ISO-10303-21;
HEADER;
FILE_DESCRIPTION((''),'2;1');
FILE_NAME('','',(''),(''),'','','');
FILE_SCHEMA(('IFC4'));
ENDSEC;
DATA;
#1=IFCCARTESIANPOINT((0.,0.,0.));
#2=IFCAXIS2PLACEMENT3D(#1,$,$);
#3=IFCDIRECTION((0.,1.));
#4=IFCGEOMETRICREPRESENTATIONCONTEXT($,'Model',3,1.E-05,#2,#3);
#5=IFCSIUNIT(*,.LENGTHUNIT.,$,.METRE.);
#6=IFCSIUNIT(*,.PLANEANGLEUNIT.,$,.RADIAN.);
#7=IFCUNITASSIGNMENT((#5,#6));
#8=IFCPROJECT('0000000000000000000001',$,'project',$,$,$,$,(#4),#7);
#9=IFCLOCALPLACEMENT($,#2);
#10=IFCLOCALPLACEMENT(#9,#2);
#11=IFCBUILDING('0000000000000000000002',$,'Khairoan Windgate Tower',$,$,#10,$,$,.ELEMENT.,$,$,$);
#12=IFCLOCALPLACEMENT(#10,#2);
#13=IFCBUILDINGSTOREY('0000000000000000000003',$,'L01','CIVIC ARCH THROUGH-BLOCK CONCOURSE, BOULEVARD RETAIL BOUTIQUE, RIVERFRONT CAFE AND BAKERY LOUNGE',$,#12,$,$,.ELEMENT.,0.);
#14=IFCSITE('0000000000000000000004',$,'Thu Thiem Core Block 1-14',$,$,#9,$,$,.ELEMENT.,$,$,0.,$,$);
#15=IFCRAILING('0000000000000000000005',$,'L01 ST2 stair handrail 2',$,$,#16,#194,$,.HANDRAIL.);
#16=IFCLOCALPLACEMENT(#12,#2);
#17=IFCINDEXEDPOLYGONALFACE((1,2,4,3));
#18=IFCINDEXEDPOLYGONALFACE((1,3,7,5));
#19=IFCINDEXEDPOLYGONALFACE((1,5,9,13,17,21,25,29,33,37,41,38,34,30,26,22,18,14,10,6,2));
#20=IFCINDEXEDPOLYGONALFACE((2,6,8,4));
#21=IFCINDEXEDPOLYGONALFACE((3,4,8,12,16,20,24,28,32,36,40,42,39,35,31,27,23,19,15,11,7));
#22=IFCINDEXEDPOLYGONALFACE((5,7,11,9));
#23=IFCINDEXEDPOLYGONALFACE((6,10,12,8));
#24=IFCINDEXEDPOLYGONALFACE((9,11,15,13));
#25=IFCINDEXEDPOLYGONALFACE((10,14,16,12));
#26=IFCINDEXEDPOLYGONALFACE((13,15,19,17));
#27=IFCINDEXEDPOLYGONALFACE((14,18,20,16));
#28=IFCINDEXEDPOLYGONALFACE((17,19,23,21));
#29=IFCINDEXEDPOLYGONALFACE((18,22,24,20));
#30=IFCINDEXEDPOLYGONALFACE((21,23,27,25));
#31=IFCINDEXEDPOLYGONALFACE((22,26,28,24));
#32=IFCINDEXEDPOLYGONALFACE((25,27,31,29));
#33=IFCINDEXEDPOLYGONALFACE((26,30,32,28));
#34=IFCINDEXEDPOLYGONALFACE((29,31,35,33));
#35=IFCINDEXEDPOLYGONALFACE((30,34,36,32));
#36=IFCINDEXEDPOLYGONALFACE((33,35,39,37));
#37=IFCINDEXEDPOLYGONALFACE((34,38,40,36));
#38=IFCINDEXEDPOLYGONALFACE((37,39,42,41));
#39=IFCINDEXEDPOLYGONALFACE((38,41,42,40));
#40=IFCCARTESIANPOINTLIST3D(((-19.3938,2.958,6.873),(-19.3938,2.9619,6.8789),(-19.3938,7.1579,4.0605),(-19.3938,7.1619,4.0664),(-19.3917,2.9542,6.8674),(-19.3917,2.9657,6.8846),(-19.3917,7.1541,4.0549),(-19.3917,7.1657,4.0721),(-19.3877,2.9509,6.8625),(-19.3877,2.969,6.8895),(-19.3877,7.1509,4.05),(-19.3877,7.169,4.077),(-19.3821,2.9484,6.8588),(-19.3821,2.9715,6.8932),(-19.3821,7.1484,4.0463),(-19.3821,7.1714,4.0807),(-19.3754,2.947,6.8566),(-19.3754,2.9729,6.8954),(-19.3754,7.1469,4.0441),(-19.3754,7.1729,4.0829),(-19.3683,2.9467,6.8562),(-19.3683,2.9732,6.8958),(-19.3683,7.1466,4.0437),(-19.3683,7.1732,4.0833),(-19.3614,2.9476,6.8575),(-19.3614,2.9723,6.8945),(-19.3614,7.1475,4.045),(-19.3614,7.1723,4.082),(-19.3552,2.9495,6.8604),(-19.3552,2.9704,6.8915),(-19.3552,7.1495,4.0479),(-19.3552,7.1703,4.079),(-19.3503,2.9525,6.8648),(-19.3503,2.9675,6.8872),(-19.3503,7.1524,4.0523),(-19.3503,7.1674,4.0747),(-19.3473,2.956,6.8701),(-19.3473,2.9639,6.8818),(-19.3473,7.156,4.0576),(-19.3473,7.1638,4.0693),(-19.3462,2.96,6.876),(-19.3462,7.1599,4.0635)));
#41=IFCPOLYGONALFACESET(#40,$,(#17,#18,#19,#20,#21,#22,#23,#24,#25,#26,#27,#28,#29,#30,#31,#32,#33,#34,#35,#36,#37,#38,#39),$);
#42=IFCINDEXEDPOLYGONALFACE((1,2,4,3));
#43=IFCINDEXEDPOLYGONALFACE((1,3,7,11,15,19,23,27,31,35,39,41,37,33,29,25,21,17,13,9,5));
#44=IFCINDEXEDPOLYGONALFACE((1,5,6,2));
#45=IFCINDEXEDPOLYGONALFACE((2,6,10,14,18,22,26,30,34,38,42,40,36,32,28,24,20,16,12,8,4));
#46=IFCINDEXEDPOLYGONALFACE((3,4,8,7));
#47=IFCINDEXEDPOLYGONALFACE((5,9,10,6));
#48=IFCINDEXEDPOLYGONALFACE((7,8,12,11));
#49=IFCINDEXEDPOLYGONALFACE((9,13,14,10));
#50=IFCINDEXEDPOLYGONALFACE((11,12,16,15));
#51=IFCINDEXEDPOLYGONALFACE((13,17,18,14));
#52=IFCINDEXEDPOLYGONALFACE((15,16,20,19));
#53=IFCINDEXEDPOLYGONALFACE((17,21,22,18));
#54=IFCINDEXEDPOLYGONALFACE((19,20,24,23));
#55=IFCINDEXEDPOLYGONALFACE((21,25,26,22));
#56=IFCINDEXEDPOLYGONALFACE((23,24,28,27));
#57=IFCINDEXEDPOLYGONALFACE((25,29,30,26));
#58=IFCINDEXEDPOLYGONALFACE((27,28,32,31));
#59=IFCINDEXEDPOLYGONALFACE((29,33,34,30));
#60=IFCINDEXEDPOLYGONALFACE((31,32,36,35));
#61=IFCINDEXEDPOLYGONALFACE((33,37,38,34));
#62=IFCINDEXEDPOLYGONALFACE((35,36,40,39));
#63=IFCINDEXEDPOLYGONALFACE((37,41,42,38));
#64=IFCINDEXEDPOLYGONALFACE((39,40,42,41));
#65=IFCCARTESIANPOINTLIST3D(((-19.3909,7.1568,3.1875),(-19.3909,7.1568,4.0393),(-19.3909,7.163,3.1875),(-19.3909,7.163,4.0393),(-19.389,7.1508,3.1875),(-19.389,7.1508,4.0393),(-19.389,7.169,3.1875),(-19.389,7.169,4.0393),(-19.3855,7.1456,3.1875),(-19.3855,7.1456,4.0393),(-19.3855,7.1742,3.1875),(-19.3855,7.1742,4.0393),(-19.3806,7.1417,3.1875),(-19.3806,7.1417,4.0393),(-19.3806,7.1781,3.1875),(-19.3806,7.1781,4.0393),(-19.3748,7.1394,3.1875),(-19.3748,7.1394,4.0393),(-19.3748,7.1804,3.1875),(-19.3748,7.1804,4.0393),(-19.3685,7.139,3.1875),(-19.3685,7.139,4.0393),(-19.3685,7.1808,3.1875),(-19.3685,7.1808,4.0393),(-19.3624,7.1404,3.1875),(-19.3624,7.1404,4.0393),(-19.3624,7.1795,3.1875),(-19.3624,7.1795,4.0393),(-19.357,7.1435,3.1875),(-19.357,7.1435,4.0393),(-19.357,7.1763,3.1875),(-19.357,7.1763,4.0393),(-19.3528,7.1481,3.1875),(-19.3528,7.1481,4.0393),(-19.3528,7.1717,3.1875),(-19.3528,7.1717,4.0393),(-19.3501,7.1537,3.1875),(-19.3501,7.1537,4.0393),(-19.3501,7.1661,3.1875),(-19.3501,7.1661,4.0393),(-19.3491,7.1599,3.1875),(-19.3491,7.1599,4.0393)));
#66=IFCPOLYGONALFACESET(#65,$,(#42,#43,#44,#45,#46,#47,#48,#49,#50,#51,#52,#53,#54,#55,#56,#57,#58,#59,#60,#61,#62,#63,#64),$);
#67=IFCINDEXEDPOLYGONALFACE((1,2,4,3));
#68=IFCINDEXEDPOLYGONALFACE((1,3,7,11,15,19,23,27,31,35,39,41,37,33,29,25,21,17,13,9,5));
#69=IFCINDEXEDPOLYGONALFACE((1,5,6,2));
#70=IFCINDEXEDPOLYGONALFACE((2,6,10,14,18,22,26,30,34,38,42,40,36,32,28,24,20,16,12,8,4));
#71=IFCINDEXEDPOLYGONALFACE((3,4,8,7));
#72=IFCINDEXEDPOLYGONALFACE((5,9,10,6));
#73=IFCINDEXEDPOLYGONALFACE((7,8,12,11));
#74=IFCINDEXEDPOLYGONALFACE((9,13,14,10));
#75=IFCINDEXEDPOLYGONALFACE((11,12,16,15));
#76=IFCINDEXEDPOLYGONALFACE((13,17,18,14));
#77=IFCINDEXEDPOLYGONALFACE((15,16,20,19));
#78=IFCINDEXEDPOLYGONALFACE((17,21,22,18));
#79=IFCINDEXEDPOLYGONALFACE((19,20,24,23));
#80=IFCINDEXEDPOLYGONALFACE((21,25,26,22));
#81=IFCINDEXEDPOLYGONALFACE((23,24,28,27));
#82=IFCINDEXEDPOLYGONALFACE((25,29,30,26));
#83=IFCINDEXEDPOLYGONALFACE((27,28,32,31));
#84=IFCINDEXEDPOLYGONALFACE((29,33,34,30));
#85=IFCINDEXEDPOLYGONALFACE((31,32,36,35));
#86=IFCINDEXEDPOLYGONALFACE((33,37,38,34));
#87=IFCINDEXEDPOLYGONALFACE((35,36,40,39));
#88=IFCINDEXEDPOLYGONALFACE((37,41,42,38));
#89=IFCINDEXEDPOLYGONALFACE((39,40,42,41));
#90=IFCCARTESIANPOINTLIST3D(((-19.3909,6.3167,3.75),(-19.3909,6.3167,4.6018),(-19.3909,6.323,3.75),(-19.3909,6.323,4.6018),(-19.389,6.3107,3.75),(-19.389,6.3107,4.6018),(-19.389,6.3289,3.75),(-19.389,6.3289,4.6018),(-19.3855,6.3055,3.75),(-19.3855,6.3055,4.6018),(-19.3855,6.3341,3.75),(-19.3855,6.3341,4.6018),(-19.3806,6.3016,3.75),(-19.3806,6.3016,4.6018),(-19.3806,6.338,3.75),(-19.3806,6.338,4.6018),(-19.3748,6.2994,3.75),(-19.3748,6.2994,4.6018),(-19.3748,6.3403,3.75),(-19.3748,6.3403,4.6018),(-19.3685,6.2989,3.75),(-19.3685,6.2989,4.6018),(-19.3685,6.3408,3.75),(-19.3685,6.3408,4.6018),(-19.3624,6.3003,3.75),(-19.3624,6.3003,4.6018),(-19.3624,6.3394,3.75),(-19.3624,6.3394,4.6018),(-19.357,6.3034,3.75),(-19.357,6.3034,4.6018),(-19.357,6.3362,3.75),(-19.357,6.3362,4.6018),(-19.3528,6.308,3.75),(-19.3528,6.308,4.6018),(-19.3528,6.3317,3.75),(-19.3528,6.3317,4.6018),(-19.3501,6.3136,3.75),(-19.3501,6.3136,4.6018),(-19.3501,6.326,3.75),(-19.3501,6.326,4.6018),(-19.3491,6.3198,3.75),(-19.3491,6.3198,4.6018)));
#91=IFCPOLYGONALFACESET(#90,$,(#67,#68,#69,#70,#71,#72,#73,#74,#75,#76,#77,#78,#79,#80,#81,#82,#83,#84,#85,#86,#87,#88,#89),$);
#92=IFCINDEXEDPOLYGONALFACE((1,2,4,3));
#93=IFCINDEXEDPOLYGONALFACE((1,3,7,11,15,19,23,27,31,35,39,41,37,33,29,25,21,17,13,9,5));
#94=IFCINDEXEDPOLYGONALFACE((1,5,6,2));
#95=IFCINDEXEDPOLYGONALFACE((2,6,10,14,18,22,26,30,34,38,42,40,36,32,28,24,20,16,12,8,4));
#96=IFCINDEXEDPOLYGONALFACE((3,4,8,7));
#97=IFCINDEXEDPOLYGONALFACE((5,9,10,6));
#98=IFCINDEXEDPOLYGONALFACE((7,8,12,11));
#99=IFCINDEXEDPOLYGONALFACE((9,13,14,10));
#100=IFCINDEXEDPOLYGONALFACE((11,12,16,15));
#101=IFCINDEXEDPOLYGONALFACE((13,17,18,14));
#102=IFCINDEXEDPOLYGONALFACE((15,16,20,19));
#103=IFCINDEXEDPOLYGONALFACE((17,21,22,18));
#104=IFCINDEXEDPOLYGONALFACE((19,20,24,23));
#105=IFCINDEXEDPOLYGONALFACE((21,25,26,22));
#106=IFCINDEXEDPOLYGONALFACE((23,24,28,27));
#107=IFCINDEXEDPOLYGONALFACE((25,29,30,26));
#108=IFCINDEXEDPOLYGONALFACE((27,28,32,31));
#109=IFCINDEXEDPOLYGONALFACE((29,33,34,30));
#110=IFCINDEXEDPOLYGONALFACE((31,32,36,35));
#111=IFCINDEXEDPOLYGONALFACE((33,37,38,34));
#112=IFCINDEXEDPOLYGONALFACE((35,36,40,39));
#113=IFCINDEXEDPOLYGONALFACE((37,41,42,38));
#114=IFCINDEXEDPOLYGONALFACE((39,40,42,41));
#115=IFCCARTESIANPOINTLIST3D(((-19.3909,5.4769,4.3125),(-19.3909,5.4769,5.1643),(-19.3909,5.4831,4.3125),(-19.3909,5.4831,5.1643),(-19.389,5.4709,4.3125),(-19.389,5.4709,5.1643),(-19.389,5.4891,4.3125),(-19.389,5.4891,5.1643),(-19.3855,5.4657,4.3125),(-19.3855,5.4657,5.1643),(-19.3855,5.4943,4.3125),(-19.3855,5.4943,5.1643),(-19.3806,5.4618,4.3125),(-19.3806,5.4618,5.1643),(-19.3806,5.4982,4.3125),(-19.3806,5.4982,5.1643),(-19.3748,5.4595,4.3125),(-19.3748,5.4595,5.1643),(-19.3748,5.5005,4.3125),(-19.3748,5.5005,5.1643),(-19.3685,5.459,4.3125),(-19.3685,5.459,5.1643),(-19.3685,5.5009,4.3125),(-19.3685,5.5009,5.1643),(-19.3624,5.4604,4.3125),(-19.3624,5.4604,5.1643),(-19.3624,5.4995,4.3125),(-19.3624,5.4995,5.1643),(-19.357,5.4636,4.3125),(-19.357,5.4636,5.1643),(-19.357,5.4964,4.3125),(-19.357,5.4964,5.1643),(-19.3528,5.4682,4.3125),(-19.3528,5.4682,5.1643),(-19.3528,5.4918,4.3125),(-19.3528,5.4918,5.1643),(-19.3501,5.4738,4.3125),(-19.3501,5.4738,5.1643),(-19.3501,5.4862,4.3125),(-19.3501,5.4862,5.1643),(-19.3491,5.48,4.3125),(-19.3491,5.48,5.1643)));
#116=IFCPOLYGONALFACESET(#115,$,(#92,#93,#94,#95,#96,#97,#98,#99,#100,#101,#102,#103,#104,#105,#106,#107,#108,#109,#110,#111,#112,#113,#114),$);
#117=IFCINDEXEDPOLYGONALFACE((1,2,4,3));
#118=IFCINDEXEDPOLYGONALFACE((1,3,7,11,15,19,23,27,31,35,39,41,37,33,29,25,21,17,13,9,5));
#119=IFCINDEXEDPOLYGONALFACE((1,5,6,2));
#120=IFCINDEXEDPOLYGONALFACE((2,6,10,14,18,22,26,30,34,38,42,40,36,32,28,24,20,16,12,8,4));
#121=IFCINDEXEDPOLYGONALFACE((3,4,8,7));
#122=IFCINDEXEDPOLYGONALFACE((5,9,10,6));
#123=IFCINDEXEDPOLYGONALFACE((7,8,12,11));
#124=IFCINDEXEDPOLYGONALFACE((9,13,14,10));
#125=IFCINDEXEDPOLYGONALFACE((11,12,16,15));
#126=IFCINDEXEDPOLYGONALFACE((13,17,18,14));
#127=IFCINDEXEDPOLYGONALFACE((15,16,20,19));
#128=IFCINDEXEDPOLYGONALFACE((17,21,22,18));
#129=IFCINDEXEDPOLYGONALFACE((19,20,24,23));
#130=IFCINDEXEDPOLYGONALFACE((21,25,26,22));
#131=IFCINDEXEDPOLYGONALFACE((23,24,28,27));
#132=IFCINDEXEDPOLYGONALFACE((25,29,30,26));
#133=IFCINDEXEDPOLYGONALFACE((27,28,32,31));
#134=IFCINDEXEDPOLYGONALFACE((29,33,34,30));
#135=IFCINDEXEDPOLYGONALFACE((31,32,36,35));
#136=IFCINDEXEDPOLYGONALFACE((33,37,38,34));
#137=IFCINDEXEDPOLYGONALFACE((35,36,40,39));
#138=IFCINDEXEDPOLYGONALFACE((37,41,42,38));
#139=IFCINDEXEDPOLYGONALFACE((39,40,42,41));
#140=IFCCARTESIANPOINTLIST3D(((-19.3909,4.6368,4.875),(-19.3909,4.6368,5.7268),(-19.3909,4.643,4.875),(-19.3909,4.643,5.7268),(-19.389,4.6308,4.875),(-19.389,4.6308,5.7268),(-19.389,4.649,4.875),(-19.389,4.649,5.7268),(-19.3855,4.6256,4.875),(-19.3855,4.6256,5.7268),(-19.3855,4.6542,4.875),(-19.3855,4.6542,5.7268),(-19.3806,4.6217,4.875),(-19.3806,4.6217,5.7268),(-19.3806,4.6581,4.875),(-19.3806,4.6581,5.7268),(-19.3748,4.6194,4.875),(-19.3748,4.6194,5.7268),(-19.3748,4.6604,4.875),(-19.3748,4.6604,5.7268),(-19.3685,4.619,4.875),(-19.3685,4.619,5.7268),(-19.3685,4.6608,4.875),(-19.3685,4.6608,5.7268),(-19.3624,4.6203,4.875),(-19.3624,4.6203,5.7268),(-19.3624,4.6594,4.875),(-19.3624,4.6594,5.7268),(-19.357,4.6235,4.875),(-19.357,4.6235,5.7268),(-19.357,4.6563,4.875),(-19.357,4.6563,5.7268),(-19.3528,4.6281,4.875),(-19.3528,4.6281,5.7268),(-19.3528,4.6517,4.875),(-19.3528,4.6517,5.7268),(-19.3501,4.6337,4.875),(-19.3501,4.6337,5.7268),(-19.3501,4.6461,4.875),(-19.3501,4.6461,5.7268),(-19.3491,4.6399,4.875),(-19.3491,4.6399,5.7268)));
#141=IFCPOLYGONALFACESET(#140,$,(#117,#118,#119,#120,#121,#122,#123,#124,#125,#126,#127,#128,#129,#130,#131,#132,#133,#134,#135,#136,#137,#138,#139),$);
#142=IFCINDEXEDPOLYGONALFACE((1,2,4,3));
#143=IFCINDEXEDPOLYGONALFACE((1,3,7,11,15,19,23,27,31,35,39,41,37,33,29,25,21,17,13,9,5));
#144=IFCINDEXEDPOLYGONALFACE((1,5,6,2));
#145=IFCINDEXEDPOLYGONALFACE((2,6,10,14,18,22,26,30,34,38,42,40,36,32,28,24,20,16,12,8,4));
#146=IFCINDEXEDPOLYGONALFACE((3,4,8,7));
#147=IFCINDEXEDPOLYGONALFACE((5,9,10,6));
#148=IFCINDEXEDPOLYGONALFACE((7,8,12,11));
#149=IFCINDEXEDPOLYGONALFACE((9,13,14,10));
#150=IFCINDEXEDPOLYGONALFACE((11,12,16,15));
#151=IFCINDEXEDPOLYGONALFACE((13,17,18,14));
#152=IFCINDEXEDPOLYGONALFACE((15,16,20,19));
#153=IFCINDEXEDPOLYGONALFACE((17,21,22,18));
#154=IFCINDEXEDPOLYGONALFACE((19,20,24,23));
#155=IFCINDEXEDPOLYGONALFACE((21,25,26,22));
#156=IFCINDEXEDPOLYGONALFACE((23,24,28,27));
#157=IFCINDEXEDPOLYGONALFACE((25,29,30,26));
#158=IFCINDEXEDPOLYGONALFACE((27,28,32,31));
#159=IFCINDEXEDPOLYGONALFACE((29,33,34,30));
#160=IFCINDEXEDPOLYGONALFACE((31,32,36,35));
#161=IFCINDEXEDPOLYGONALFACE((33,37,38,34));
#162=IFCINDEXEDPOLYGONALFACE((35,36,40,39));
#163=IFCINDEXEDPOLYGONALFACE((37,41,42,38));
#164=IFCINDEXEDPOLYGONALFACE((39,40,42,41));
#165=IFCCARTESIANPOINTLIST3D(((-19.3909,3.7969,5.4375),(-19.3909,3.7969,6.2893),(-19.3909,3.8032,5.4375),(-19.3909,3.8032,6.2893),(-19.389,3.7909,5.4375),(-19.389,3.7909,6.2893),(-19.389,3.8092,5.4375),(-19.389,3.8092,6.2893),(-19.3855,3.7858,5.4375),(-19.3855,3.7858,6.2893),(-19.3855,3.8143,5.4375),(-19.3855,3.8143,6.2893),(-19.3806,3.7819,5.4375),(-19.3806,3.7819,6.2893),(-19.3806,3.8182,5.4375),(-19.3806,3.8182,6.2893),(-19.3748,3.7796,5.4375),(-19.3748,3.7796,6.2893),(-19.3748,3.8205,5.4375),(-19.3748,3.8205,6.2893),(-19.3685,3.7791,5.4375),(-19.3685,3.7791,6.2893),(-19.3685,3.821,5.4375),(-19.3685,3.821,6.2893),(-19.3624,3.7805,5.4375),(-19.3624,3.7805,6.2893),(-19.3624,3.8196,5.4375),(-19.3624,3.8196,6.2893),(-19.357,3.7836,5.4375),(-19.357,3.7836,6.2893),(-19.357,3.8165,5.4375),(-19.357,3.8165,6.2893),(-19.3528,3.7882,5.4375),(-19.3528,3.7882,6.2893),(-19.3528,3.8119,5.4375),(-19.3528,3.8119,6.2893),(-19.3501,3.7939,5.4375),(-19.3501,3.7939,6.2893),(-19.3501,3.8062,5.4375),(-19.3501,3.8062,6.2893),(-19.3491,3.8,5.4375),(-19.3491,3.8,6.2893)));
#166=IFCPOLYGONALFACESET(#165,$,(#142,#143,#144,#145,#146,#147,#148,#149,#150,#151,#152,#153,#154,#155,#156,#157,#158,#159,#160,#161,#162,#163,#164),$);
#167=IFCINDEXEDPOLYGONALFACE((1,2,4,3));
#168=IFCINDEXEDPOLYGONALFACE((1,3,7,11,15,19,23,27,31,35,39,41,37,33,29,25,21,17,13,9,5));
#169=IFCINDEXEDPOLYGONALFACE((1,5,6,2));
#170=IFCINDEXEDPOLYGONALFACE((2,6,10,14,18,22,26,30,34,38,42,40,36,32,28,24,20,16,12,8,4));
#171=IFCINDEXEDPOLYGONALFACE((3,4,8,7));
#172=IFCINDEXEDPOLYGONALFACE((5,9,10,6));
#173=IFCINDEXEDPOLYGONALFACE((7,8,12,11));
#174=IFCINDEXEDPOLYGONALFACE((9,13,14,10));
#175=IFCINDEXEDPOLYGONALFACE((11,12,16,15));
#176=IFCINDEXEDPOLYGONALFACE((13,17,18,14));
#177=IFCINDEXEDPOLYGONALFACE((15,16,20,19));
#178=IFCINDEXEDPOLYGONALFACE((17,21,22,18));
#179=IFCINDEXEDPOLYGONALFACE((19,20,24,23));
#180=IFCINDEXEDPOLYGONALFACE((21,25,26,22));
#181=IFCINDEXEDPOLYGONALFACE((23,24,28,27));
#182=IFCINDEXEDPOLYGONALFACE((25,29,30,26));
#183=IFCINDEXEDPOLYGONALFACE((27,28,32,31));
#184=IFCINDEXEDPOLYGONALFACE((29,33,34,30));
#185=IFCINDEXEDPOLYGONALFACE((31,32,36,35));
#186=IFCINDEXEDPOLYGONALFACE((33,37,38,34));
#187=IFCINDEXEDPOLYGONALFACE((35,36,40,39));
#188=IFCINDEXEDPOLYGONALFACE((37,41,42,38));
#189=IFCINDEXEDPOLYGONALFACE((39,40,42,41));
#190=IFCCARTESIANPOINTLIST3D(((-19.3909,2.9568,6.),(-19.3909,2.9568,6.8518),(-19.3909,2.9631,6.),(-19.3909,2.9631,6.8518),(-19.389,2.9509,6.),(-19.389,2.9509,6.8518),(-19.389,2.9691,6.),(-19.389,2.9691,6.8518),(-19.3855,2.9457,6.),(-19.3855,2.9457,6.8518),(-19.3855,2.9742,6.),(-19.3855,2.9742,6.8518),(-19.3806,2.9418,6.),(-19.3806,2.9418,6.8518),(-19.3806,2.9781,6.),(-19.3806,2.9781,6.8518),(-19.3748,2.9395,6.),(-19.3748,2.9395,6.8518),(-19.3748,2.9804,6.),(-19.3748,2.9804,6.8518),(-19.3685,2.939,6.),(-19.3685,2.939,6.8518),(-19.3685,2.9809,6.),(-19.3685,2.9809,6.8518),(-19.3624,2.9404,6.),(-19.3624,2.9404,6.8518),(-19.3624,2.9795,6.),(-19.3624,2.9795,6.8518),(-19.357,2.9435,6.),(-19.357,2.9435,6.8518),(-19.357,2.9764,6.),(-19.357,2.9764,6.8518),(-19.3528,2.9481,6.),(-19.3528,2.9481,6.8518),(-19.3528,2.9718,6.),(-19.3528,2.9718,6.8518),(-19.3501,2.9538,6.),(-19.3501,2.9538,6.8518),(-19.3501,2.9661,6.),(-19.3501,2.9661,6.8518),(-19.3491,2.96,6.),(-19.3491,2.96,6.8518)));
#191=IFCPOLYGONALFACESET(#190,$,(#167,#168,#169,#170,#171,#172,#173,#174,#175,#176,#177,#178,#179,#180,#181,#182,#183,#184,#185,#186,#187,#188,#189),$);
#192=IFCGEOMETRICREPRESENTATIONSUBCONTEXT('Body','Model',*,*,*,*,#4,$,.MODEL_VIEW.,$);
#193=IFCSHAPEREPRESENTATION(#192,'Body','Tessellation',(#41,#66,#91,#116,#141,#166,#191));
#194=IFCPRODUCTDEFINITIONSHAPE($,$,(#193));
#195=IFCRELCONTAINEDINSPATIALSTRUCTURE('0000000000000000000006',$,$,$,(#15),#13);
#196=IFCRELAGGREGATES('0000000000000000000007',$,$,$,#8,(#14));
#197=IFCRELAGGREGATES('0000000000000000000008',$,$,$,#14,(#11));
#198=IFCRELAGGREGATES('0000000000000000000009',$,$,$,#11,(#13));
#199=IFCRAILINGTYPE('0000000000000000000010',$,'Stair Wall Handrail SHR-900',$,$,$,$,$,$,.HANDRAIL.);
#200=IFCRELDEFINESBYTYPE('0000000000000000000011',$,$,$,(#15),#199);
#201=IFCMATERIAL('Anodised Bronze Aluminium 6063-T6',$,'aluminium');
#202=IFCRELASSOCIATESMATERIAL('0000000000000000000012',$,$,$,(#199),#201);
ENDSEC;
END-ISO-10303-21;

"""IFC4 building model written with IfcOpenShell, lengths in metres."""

from ifc_helpers import new_model, si_unit, direction, frame, origin, origin_2d, place, context, subcontext, project, spatial, circle, extrude, material, type_object, element, save


model = new_model("IFC4")

# Units and contexts
model_context = context("Model", 3, precision=1e-05, world=origin(), true_north=direction((0.0, 1.0)))
body_context = subcontext(model_context, "Body", "Model", "MODEL_VIEW")
ifc_project = project(units=[si_unit("LENGTHUNIT", "METRE"), si_unit("PLANEANGLEUNIT", "RADIAN")], contexts=[model_context])

# Site, building, storey
site_placement = place(None, origin())
site = spatial("IfcSite", under=ifc_project, at=site_placement, Name="Thu Thiem Core Block 1-14", CompositionType="ELEMENT", RefElevation=0.0)
building_placement = place(site_placement, origin())
building = spatial("IfcBuilding", under=site, at=building_placement, Name="Khairoan Windgate Tower", CompositionType="ELEMENT")
storey_placement = place(building_placement, origin())
storey = spatial("IfcBuildingStorey", under=building, at=storey_placement, Name="L01", Description="CIVIC ARCH THROUGH-BLOCK CONCOURSE, BOULEVARD RETAIL BOUTIQUE, RIVERFRONT CAFE AND BAKERY LOUNGE", CompositionType="ELEMENT", Elevation=0.0)

# Railing
ifc_material_1 = material(Name="Anodised Bronze Aluminium 6063-T6", Category="aluminium")
railing_type_1 = type_object("IfcRailingType", Name="Stair Wall Handrail SHR-900", PredefinedType="HANDRAIL", material=ifc_material_1)
railing_1_placement = place(storey_placement, frame((-19.3701, 7.1599, 3.1875)))
element("IfcRailing", 1, at=railing_1_placement, inside=storey, type_object=railing_type_1, Name="L01 ST2 stair handrail 2", PredefinedType="HANDRAIL", context=body_context, shape_type="SweptSolid", body=[
    extrude(circle(Radius=0.0239, at=origin_2d()), frame((0.0, 0.0, 0.876), z_axis=(0.0, -0.830904, 0.556416), x_axis=(1.0, 0.0, 0.0)), (0.0, 0.0, 1.0), 5.0547),
    extrude(circle(Radius=0.021, at=origin_2d()), origin(), (0.0, 0.0, 1.0), 0.8518),
    extrude(circle(Radius=0.021, at=origin_2d()), frame((0.0, -0.8401, 0.5625)), (0.0, 0.0, 1.0), 0.8518),
    extrude(circle(Radius=0.021, at=origin_2d()), frame((0.0, -1.6799, 1.125)), (0.0, 0.0, 1.0), 0.8518),
    extrude(circle(Radius=0.021, at=origin_2d()), frame((0.0, -2.52, 1.6875)), (0.0, 0.0, 1.0), 0.8518),
    extrude(circle(Radius=0.021, at=origin_2d()), frame((0.0, -3.3599, 2.25)), (0.0, 0.0, 1.0), 0.8518),
    extrude(circle(Radius=0.021, at=origin_2d()), frame((0.0, -4.2, 2.8125)), (0.0, 0.0, 1.0), 0.8518),
])

save(model, "model.ifc")
